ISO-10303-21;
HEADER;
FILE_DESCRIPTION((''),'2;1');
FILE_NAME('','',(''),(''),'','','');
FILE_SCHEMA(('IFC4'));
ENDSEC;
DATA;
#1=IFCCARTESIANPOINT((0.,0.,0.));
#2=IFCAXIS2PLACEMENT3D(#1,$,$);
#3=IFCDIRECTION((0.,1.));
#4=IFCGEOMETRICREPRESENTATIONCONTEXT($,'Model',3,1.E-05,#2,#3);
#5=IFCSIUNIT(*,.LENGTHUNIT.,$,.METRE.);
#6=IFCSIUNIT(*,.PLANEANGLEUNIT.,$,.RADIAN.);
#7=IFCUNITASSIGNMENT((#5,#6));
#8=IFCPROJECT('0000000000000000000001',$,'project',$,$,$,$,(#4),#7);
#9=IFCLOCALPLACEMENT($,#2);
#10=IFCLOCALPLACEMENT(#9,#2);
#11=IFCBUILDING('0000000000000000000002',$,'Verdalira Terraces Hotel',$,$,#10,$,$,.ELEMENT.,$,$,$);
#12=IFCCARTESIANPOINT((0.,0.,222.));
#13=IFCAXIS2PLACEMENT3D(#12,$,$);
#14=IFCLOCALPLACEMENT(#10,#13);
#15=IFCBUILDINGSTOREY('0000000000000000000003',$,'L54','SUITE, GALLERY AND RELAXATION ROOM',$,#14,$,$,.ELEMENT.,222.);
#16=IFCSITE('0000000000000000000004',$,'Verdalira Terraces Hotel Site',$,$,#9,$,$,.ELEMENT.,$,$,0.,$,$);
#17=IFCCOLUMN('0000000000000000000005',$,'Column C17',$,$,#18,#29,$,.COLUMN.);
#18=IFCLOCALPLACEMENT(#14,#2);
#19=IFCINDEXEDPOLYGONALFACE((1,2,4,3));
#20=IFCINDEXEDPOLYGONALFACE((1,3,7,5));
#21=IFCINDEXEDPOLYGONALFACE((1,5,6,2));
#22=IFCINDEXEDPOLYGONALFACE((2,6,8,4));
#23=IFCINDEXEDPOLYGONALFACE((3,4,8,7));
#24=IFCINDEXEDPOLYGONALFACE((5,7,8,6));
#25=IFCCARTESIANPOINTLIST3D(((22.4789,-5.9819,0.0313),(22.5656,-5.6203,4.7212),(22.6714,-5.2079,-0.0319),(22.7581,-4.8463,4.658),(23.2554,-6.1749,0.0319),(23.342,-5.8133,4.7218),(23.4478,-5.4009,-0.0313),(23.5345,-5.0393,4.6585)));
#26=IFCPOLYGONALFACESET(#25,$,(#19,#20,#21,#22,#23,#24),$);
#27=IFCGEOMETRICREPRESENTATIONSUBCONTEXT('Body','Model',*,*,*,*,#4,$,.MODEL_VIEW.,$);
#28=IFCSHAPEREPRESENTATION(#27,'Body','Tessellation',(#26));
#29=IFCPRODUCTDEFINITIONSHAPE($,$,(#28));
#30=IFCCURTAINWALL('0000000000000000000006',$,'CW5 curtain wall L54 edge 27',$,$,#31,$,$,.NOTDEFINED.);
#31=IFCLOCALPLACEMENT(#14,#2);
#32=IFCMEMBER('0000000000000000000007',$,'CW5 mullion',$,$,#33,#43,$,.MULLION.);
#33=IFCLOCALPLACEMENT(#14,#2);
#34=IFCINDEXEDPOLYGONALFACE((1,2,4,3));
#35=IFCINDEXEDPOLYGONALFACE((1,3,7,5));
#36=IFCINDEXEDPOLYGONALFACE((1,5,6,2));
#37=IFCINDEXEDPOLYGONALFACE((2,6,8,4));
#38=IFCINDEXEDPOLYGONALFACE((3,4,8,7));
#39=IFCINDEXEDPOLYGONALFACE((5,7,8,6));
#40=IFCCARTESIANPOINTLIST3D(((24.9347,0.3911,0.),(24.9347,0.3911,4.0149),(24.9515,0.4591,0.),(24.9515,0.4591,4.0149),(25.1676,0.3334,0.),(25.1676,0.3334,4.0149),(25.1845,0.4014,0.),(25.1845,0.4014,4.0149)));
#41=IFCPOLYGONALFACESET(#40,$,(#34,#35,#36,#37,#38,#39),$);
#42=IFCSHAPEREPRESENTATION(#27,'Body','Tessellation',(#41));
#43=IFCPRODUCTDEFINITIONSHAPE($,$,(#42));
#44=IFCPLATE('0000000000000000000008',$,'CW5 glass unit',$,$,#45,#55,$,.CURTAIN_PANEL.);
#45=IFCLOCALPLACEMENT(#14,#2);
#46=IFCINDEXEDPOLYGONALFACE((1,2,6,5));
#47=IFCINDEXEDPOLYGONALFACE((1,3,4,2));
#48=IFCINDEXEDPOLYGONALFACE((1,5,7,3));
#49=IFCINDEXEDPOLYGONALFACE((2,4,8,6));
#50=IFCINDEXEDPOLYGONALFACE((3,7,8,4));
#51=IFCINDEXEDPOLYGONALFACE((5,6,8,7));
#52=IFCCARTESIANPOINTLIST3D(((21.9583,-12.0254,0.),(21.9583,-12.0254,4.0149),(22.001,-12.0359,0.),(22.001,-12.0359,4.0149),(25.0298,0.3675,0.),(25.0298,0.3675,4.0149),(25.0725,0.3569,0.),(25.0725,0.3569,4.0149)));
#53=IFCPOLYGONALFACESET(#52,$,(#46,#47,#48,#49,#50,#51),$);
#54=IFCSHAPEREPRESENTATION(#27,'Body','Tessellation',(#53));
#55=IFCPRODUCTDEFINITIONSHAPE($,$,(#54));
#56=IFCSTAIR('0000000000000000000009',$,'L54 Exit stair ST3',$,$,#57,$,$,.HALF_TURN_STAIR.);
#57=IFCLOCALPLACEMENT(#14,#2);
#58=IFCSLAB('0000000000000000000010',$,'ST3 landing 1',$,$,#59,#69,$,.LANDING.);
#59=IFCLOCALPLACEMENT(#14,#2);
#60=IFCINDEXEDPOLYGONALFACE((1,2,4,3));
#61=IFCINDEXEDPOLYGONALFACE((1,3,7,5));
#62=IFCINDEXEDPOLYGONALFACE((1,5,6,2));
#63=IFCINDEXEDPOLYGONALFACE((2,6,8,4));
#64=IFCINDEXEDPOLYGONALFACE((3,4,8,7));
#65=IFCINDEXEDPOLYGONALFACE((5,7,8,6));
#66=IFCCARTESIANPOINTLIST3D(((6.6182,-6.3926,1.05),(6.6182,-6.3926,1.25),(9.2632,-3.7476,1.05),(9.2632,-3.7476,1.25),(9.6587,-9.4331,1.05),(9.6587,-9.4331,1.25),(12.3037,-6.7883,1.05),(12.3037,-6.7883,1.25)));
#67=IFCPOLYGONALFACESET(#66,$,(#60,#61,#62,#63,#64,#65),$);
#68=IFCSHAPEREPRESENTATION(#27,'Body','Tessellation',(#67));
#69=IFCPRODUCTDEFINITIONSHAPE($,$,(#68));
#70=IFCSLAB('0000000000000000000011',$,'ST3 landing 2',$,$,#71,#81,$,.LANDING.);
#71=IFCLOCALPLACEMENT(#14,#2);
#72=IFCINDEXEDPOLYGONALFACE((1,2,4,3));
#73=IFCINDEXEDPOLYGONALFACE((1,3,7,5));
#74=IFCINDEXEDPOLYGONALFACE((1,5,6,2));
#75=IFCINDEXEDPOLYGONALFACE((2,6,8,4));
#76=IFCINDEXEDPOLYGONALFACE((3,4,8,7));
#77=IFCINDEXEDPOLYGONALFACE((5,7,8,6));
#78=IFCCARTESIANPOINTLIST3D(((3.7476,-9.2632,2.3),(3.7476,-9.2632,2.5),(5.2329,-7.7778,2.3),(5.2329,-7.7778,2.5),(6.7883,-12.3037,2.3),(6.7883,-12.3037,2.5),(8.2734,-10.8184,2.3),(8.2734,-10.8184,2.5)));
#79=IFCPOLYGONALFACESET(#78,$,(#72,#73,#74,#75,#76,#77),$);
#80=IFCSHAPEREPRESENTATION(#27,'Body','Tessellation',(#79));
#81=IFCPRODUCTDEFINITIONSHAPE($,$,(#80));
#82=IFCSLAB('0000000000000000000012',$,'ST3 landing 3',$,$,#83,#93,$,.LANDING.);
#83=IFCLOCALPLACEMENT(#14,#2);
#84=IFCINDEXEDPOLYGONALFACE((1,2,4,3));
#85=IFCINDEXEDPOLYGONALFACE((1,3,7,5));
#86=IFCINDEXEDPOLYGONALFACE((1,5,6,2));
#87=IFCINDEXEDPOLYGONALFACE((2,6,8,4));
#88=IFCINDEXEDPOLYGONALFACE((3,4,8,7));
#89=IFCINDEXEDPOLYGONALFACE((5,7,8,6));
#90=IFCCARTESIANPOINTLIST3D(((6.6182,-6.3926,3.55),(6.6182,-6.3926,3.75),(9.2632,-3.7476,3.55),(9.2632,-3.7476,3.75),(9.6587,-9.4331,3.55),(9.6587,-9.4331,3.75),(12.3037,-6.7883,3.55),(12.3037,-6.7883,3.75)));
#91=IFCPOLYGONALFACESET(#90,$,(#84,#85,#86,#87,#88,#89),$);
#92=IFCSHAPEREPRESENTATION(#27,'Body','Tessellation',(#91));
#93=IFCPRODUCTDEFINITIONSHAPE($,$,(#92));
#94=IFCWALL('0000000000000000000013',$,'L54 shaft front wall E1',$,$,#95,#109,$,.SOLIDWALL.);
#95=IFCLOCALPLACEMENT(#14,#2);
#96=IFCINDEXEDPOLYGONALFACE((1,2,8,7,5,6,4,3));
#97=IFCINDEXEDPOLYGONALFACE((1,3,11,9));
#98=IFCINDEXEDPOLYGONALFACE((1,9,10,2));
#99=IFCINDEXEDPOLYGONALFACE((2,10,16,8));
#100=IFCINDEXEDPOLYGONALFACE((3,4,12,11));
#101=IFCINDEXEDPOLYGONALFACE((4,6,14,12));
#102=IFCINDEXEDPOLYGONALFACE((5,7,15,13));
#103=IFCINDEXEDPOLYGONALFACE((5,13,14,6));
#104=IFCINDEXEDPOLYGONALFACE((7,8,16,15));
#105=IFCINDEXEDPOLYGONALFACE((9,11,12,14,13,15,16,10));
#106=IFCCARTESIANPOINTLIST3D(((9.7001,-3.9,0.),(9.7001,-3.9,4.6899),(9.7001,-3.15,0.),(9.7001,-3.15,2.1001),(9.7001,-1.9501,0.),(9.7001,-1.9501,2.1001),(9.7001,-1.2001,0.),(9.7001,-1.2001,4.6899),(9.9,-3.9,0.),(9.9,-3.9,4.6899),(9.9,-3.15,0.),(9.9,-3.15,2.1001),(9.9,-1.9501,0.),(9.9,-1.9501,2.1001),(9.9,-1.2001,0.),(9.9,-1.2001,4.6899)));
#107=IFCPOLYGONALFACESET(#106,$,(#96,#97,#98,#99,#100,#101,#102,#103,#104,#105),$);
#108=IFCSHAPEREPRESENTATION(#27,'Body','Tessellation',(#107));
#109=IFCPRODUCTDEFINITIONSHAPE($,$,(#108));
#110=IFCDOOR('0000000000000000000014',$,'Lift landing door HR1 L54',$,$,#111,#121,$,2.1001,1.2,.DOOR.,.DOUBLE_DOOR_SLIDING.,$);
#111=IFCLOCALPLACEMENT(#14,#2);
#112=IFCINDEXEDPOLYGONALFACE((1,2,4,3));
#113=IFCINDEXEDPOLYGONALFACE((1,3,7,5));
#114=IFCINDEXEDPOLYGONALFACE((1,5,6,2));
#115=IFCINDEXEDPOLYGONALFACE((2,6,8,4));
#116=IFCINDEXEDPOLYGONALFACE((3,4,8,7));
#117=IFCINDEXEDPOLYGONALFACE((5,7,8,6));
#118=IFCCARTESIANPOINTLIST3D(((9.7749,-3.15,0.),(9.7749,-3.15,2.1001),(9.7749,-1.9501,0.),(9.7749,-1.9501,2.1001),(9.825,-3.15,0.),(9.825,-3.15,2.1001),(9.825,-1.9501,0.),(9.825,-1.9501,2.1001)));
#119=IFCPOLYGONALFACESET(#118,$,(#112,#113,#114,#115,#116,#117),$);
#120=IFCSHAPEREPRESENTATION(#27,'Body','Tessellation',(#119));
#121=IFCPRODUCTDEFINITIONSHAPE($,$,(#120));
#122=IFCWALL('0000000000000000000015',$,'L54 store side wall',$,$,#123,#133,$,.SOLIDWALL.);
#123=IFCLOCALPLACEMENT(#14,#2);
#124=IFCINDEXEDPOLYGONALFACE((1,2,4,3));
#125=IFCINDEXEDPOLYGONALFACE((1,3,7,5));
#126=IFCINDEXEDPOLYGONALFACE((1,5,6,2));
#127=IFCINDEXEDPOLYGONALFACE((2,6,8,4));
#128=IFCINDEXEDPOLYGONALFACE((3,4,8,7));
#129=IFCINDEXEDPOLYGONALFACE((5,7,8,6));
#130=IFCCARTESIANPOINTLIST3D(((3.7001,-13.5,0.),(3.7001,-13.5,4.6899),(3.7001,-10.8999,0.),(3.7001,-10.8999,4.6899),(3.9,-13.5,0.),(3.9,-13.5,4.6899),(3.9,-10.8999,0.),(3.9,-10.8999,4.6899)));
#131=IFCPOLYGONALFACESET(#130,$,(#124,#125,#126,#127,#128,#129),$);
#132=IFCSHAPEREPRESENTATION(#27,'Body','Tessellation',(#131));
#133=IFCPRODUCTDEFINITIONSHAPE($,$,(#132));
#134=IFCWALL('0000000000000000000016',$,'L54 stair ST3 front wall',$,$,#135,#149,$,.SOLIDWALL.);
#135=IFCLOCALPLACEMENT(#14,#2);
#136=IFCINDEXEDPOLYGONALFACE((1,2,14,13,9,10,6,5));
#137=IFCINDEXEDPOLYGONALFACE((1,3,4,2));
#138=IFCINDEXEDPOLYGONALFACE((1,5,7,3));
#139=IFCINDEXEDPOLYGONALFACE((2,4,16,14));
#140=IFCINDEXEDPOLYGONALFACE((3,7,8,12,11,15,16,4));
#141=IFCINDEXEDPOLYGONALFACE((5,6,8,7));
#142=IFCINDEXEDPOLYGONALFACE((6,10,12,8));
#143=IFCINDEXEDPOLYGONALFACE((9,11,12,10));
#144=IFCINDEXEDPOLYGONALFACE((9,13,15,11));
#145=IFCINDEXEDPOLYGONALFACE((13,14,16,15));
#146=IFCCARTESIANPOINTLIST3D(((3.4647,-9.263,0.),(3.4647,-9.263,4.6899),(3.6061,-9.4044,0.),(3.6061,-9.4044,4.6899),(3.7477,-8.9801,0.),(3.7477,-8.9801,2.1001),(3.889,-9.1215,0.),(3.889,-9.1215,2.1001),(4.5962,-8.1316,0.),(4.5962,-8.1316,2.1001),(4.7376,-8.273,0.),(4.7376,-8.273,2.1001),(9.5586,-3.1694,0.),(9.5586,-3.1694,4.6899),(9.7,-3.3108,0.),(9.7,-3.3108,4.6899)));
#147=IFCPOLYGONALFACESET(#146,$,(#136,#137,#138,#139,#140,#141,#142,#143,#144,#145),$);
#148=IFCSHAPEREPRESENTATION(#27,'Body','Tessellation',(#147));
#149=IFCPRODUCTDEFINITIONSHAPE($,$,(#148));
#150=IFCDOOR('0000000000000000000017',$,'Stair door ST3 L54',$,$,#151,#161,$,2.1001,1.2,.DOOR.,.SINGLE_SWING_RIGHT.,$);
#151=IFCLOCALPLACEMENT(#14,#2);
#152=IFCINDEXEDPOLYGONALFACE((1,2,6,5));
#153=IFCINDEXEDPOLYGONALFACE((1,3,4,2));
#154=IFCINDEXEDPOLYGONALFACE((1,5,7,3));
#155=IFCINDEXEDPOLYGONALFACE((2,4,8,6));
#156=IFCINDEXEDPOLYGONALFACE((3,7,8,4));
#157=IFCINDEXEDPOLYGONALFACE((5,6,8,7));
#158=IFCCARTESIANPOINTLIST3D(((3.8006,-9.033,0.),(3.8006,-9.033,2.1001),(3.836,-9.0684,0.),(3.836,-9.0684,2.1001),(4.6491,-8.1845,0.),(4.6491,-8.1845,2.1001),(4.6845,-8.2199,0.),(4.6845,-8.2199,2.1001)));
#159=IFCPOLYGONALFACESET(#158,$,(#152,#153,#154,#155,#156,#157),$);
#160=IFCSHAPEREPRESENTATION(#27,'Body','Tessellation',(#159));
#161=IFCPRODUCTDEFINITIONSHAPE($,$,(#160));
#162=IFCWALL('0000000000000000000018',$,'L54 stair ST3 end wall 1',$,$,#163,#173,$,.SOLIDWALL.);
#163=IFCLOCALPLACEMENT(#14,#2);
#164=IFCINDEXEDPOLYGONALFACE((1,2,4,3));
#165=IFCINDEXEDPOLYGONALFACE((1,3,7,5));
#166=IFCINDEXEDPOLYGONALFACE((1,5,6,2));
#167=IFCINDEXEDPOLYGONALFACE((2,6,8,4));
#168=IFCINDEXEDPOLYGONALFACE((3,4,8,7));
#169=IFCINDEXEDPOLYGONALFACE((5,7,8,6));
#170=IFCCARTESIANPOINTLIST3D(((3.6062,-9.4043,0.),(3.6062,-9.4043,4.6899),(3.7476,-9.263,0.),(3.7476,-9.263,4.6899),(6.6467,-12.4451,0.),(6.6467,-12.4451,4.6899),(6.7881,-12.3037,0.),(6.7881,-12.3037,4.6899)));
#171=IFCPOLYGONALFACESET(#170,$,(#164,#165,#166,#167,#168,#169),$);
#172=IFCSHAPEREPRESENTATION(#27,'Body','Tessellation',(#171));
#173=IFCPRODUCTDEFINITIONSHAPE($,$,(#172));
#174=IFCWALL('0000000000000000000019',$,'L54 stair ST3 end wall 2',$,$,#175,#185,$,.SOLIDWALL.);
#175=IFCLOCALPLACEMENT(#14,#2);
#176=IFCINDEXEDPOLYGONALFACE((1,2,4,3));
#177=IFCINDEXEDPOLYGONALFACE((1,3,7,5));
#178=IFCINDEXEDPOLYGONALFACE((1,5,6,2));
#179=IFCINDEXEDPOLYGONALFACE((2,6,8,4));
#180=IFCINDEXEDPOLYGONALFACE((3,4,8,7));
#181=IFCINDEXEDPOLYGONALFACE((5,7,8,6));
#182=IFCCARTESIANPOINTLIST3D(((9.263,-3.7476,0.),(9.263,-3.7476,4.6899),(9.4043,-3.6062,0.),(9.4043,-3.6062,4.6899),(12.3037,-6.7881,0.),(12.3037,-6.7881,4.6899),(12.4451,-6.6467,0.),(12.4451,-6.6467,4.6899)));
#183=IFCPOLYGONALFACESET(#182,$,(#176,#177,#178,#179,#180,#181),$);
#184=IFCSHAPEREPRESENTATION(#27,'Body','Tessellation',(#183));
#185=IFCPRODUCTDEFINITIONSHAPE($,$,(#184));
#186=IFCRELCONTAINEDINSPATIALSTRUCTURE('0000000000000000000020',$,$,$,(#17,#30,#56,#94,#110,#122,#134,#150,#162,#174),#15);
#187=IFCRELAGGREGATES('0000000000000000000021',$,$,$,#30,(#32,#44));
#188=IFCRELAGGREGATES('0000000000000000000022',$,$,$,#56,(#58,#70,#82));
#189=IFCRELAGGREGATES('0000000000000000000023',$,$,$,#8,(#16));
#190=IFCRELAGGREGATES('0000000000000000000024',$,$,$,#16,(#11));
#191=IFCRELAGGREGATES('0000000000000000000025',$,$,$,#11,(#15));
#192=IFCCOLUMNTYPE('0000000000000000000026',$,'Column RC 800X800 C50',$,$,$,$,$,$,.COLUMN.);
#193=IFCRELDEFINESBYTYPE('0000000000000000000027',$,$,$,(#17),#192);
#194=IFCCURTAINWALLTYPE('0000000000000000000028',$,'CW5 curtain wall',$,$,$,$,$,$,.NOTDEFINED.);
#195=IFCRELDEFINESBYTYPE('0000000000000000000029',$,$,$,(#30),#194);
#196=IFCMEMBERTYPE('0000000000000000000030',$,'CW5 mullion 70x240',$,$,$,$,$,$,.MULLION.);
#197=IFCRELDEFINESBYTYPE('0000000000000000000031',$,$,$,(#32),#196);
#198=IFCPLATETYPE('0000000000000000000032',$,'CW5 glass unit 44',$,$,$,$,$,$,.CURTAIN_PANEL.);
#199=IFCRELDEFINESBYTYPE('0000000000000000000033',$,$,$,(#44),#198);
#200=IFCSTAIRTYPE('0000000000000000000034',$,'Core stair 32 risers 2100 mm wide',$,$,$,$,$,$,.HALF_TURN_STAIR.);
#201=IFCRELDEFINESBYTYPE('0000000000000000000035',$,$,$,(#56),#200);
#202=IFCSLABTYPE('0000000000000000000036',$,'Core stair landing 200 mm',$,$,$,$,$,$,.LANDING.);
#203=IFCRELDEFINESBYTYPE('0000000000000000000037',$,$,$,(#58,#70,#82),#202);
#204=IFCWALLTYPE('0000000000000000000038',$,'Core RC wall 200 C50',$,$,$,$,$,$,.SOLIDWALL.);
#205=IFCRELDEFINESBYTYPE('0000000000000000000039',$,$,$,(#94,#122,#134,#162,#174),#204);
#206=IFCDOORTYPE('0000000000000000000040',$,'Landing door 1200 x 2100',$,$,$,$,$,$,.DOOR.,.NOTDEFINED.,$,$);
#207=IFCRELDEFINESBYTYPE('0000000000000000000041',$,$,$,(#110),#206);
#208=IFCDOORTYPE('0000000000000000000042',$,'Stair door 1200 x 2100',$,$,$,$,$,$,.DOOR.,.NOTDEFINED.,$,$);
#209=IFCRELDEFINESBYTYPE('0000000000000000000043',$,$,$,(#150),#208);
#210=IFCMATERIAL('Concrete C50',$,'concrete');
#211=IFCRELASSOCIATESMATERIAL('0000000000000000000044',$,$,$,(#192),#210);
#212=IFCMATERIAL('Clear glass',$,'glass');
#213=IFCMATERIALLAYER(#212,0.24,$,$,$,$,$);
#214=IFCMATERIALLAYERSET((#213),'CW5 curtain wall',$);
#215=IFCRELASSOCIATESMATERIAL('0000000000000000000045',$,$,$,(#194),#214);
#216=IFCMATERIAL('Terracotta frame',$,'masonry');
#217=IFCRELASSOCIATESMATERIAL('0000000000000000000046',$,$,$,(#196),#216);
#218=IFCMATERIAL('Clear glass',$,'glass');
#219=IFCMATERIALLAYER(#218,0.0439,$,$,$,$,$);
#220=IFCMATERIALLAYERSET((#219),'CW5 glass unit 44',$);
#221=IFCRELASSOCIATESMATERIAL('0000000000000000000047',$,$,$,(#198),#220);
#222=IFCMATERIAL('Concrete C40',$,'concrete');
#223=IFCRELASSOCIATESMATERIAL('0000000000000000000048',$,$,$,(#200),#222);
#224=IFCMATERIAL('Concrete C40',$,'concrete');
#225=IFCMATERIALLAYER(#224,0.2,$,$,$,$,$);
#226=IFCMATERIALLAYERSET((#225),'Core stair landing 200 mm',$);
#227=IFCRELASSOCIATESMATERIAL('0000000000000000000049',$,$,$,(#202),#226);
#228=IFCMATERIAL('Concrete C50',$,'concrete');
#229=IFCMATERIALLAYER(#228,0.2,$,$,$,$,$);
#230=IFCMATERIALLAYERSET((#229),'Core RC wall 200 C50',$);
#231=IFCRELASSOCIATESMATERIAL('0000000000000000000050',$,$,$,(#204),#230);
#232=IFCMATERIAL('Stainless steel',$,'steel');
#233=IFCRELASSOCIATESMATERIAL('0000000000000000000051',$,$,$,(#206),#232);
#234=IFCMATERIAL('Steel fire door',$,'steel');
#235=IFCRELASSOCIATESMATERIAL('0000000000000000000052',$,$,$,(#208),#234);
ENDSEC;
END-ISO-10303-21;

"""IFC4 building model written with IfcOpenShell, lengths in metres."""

from ifc_helpers import new_model, si_unit, direction, frame, frame_2d, origin, origin_2d, place, context, subcontext, project, spatial, polyline, rectangle, outline, extrude, material, layer, layer_set, material_profile, profile_set, type_object, element, fill, aggregate, save


model = new_model("IFC4")

# Units and contexts
model_context = context("Model", 3, precision=1e-05, world=origin(), true_north=direction((0.0, 1.0)))
body_context = subcontext(model_context, "Body", "Model", "MODEL_VIEW")
ifc_project = project(units=[si_unit("LENGTHUNIT", "METRE"), si_unit("PLANEANGLEUNIT", "RADIAN")], contexts=[model_context])

# Site, building, storey
site_placement = place(None, origin())
site = spatial("IfcSite", under=ifc_project, at=site_placement, Name="Verdalira Terraces Hotel Site", CompositionType="ELEMENT", RefElevation=0.0)
building_placement = place(site_placement, origin())
building = spatial("IfcBuilding", under=site, at=building_placement, Name="Verdalira Terraces Hotel", CompositionType="ELEMENT")
storey_placement = place(building_placement, frame((0.0, 0.0, 222.0)))
storey = spatial("IfcBuildingStorey", under=building, at=storey_placement, Name="L54", Description="SUITE, GALLERY AND RELAXATION ROOM", CompositionType="ELEMENT", Elevation=222.0)

# Column
ifc_material_1 = material(Name="Concrete C50", Category="concrete")
ifc_material_profile_1 = material_profile(ifc_material_1, rectangle(XDim=0.8, YDim=0.8, at=origin_2d()), Name="RC 800X800")
ifc_profile_set_1 = profile_set([ifc_material_profile_1], Name="Concrete C50")
column_type = type_object("IfcColumnType", Name="Column RC 800X800 C50", PredefinedType="COLUMN", material=ifc_profile_set_1)
column_placement = place(storey_placement, frame((22.9634, -5.6914, 0.0), z_axis=(0.018422, 0.076854, 0.996872), x_axis=(0.240535, 0.967418, -0.079028)))
element("IfcColumn", 1, at=column_placement, inside=storey, type_object=column_type, Name="Column C17", PredefinedType="COLUMN", context=body_context, shape_type="SweptSolid", body=[
    extrude(rectangle(XDim=0.8, YDim=0.8, at=origin_2d()), origin(), (0.0, 0.0, 1.0), 4.7046),
])

# Curtain wall, member, plate
ifc_material_2 = material(Name="Clear glass", Category="glass")
ifc_layer_1 = layer(ifc_material_2, 0.24)
ifc_layer_set_1 = layer_set([ifc_layer_1], Name="CW5 curtain wall")
curtain_wall_type = type_object("IfcCurtainWallType", Name="CW5 curtain wall", PredefinedType="NOTDEFINED", material=ifc_layer_set_1)
curtain_wall_placement = place(storey_placement, origin())
curtain_wall = element("IfcCurtainWall", 2, at=curtain_wall_placement, inside=storey, type_object=curtain_wall_type, Name="CW5 curtain wall L54 edge 27", PredefinedType="NOTDEFINED")
ifc_material_3 = material(Name="Terracotta frame", Category="masonry")
ifc_material_profile_2 = material_profile(ifc_material_3, rectangle(XDim=0.0701, YDim=0.24, at=origin_2d()), Name="MU 70x240")
ifc_profile_set_2 = profile_set([ifc_material_profile_2], Name="Terracotta frame")
member_type = type_object("IfcMemberType", Name="CW5 mullion 70x240", PredefinedType="MULLION", material=ifc_profile_set_2)
member_placement = place(storey_placement, frame((25.0596, 0.3962, 0.0), z_axis=(0.0, 0.0, 1.0), x_axis=(0.240567, 0.970633, 0.0)))
member = element("IfcMember", 3, at=member_placement, type_object=member_type, Name="CW5 mullion", PredefinedType="MULLION", context=body_context, shape_type="SweptSolid", body=[
    extrude(rectangle(XDim=0.0701, YDim=0.24, at=origin_2d()), origin(), (0.0, 0.0, 1.0), 4.0149),
])
ifc_material_4 = material(Name="Clear glass", Category="glass")
ifc_layer_2 = layer(ifc_material_4, 0.0439)
ifc_layer_set_2 = layer_set([ifc_layer_2], Name="CW5 glass unit 44")
plate_type = type_object("IfcPlateType", Name="CW5 glass unit 44", PredefinedType="CURTAIN_PANEL", material=ifc_layer_set_2)
plate_placement = place(storey_placement, frame((23.5154, -5.8342, 0.0), z_axis=(0.0, 0.0, 1.0), x_axis=(0.240567, 0.970633, 0.0)))
plate = element("IfcPlate", 4, at=plate_placement, type_object=plate_type, Name="CW5 glass unit", PredefinedType="CURTAIN_PANEL", context=body_context, shape_type="SweptSolid", body=[
    extrude(rectangle(XDim=12.7678, YDim=0.0439, at=origin_2d()), origin(), (0.0, 0.0, 1.0), 4.0149),
])
aggregate(curtain_wall, [member, plate])

# Stair, slabs
ifc_material_5 = material(Name="Concrete C40", Category="concrete")
stair_type = type_object("IfcStairType", Name="Core stair 32 risers 2100 mm wide", PredefinedType="HALF_TURN_STAIR", material=ifc_material_5)
stair_placement = place(storey_placement, origin())
stair = element("IfcStair", 5, at=stair_placement, inside=storey, type_object=stair_type, Name="L54 Exit stair ST3", PredefinedType="HALF_TURN_STAIR")
ifc_material_6 = material(Name="Concrete C40", Category="concrete")
ifc_layer_3 = layer(ifc_material_6, 0.2)
ifc_layer_set_3 = layer_set([ifc_layer_3], Name="Core stair landing 200 mm")
slab_type = type_object("IfcSlabType", Name="Core stair landing 200 mm", PredefinedType="LANDING", material=ifc_layer_set_3)
slab_1_placement = place(storey_placement, frame((0.0, 0.0, 1.05)))
slab_1 = element("IfcSlab", 6, at=slab_1_placement, type_object=slab_type, Name="ST3 landing 1", PredefinedType="LANDING", context=body_context, shape_type="SweptSolid", body=[
    extrude(outline(polyline([(9.6587, -9.4331), (12.3037, -6.7883), (9.2632, -3.7476), (6.6182, -6.3926), (9.6587, -9.4331)])), origin(), (0.0, 0.0, 1.0), 0.2),
])
slab_2_placement = place(storey_placement, frame((0.0, 0.0, 2.3)))
slab_2 = element("IfcSlab", 7, at=slab_2_placement, type_object=slab_type, Name="ST3 landing 2", PredefinedType="LANDING", context=body_context, shape_type="SweptSolid", body=[
    extrude(outline(polyline([(6.7883, -12.3037), (8.2734, -10.8184), (5.2329, -7.7778), (3.7476, -9.2632), (6.7883, -12.3037)])), origin(), (0.0, 0.0, 1.0), 0.2),
])
slab_3_placement = place(storey_placement, frame((0.0, 0.0, 3.55)))
slab_3 = element("IfcSlab", 8, at=slab_3_placement, type_object=slab_type, Name="ST3 landing 3", PredefinedType="LANDING", context=body_context, shape_type="SweptSolid", body=[
    extrude(outline(polyline([(9.6587, -9.4331), (12.3037, -6.7883), (9.2632, -3.7476), (6.6182, -6.3926), (9.6587, -9.4331)])), origin(), (0.0, 0.0, 1.0), 0.2),
])
aggregate(stair, [slab_1, slab_2, slab_3])

# Wall, opening, door
ifc_material_7 = material(Name="Concrete C50", Category="concrete")
ifc_layer_4 = layer(ifc_material_7, 0.2)
ifc_layer_set_4 = layer_set([ifc_layer_4], Name="Core RC wall 200 C50")
wall_type_1 = type_object("IfcWallType", Name="Core RC wall 200 C50", PredefinedType="SOLIDWALL", material=ifc_layer_set_4)
wall_1_placement = place(storey_placement, frame((9.8, -1.2, 0.0), z_axis=(0.0, 0.0, 1.0), x_axis=(0.0, -1.0, 0.0)))
wall_1 = element("IfcWall", 9, at=wall_1_placement, inside=storey, type_object=wall_type_1, Name="L54 shaft front wall E1", PredefinedType="SOLIDWALL", context=body_context, shape_type="SweptSolid", body=[
    extrude(rectangle(XDim=2.7, YDim=0.2, at=frame_2d((1.3501, 0.0))), origin(), (0.0, 0.0, 1.0), 4.6899),
])
opening_1_placement = place(wall_1_placement, frame((0.75, 0.0, 0.0)))
opening_1 = element("IfcOpeningElement", 10, at=opening_1_placement, cuts=wall_1, PredefinedType="OPENING", context=body_context, shape_type="SweptSolid", body=[
    extrude(rectangle(XDim=1.2, YDim=2.1001, at=frame_2d((0.6001, 1.05))), frame((0.0, 0.1099, 0.0), z_axis=(0.0, -1.0, 0.0), x_axis=(1.0, 0.0, 0.0)), (0.0, 0.0, 1.0), 0.22),
])
ifc_material_8 = material(Name="Stainless steel", Category="steel")
door_type_1 = type_object("IfcDoorType", Name="Landing door 1200 x 2100", OperationType="NOTDEFINED", PredefinedType="DOOR", material=ifc_material_8)
door_1_placement = place(opening_1_placement, origin())
door_1 = element("IfcDoor", 11, at=door_1_placement, inside=storey, type_object=door_type_1, Name="Lift landing door HR1 L54", OperationType="DOUBLE_DOOR_SLIDING", OverallHeight=2.1001, OverallWidth=1.2, PredefinedType="DOOR", context=body_context, shape_type="SweptSolid", body=[
    extrude(rectangle(XDim=1.2, YDim=2.1001, at=frame_2d((0.6001, 1.05))), frame((0.0, 0.0249, 0.0), z_axis=(0.0, -1.0, 0.0), x_axis=(1.0, 0.0, 0.0)), (0.0, 0.0, 1.0), 0.05),
])
fill(opening_1, door_1)

# Wall
wall_2_placement = place(storey_placement, frame((3.8, -10.8999, 0.0), z_axis=(0.0, 0.0, 1.0), x_axis=(0.0, -1.0, 0.0)))
element("IfcWall", 12, at=wall_2_placement, inside=storey, type_object=wall_type_1, Name="L54 store side wall", PredefinedType="SOLIDWALL", context=body_context, shape_type="SweptSolid", body=[
    extrude(rectangle(XDim=2.6001, YDim=0.2, at=frame_2d((1.3, 0.0))), origin(), (0.0, 0.0, 1.0), 4.6899),
])

# Wall, opening, door
wall_3_placement = place(storey_placement, frame((9.6294, -3.24, 0.0), z_axis=(0.0, 0.0, 1.0), x_axis=(-0.707121, -0.707093, 0.0)))
wall_3 = element("IfcWall", 13, at=wall_3_placement, inside=storey, type_object=wall_type_1, Name="L54 stair ST3 front wall", PredefinedType="SOLIDWALL", context=body_context, shape_type="SweptSolid", body=[
    extrude(rectangle(XDim=8.6179, YDim=0.2, at=frame_2d((4.3091, 0.0))), origin(), (0.0, 0.0, 1.0), 4.6899),
])
opening_2_placement = place(wall_3_placement, frame((7.0178, 0.0, 0.0)))
opening_2 = element("IfcOpeningElement", 14, at=opening_2_placement, cuts=wall_3, PredefinedType="OPENING", context=body_context, shape_type="SweptSolid", body=[
    extrude(rectangle(XDim=1.2, YDim=2.1001, at=frame_2d((0.6001, 1.05))), frame((0.0, 0.1099, 0.0), z_axis=(0.0, -1.0, 0.0), x_axis=(1.0, 0.0, 0.0)), (0.0, 0.0, 1.0), 0.22),
])
ifc_material_9 = material(Name="Steel fire door", Category="steel")
door_type_2 = type_object("IfcDoorType", Name="Stair door 1200 x 2100", OperationType="NOTDEFINED", PredefinedType="DOOR", material=ifc_material_9)
door_2_placement = place(opening_2_placement, origin())
door_2 = element("IfcDoor", 15, at=door_2_placement, inside=storey, type_object=door_type_2, Name="Stair door ST3 L54", OperationType="SINGLE_SWING_RIGHT", OverallHeight=2.1001, OverallWidth=1.2, PredefinedType="DOOR", context=body_context, shape_type="SweptSolid", body=[
    extrude(rectangle(XDim=1.2, YDim=2.1001, at=frame_2d((0.6001, 1.05))), frame((0.0, 0.0249, 0.0), z_axis=(0.0, -1.0, 0.0), x_axis=(1.0, 0.0, 0.0)), (0.0, 0.0, 1.0), 0.05),
])
fill(opening_2, door_2)

# Walls
for number, where, z_axis, x_axis, name in (
    (16, (3.677, -9.3337, 0.0), (0.0, 0.0, 1.0), (0.707078, -0.707135, 0.0), "L54 stair ST3 end wall 1"),
    (17, (9.3337, -3.677, 0.0), (0.0, 0.0, 1.0), (0.707135, -0.707078, 0.0), "L54 stair ST3 end wall 2"),
):
    element("IfcWall", number, at=place(storey_placement, frame(where, z_axis=z_axis, x_axis=x_axis)), inside=storey, type_object=wall_type_1, Name=name, PredefinedType="SOLIDWALL", context=body_context, shape_type="SweptSolid", body=[
        extrude(rectangle(XDim=4.3, YDim=0.2, at=frame_2d((2.1499, 0.0))), origin(), (0.0, 0.0, 1.0), 4.6899),
    ])

save(model, "model.ifc")
